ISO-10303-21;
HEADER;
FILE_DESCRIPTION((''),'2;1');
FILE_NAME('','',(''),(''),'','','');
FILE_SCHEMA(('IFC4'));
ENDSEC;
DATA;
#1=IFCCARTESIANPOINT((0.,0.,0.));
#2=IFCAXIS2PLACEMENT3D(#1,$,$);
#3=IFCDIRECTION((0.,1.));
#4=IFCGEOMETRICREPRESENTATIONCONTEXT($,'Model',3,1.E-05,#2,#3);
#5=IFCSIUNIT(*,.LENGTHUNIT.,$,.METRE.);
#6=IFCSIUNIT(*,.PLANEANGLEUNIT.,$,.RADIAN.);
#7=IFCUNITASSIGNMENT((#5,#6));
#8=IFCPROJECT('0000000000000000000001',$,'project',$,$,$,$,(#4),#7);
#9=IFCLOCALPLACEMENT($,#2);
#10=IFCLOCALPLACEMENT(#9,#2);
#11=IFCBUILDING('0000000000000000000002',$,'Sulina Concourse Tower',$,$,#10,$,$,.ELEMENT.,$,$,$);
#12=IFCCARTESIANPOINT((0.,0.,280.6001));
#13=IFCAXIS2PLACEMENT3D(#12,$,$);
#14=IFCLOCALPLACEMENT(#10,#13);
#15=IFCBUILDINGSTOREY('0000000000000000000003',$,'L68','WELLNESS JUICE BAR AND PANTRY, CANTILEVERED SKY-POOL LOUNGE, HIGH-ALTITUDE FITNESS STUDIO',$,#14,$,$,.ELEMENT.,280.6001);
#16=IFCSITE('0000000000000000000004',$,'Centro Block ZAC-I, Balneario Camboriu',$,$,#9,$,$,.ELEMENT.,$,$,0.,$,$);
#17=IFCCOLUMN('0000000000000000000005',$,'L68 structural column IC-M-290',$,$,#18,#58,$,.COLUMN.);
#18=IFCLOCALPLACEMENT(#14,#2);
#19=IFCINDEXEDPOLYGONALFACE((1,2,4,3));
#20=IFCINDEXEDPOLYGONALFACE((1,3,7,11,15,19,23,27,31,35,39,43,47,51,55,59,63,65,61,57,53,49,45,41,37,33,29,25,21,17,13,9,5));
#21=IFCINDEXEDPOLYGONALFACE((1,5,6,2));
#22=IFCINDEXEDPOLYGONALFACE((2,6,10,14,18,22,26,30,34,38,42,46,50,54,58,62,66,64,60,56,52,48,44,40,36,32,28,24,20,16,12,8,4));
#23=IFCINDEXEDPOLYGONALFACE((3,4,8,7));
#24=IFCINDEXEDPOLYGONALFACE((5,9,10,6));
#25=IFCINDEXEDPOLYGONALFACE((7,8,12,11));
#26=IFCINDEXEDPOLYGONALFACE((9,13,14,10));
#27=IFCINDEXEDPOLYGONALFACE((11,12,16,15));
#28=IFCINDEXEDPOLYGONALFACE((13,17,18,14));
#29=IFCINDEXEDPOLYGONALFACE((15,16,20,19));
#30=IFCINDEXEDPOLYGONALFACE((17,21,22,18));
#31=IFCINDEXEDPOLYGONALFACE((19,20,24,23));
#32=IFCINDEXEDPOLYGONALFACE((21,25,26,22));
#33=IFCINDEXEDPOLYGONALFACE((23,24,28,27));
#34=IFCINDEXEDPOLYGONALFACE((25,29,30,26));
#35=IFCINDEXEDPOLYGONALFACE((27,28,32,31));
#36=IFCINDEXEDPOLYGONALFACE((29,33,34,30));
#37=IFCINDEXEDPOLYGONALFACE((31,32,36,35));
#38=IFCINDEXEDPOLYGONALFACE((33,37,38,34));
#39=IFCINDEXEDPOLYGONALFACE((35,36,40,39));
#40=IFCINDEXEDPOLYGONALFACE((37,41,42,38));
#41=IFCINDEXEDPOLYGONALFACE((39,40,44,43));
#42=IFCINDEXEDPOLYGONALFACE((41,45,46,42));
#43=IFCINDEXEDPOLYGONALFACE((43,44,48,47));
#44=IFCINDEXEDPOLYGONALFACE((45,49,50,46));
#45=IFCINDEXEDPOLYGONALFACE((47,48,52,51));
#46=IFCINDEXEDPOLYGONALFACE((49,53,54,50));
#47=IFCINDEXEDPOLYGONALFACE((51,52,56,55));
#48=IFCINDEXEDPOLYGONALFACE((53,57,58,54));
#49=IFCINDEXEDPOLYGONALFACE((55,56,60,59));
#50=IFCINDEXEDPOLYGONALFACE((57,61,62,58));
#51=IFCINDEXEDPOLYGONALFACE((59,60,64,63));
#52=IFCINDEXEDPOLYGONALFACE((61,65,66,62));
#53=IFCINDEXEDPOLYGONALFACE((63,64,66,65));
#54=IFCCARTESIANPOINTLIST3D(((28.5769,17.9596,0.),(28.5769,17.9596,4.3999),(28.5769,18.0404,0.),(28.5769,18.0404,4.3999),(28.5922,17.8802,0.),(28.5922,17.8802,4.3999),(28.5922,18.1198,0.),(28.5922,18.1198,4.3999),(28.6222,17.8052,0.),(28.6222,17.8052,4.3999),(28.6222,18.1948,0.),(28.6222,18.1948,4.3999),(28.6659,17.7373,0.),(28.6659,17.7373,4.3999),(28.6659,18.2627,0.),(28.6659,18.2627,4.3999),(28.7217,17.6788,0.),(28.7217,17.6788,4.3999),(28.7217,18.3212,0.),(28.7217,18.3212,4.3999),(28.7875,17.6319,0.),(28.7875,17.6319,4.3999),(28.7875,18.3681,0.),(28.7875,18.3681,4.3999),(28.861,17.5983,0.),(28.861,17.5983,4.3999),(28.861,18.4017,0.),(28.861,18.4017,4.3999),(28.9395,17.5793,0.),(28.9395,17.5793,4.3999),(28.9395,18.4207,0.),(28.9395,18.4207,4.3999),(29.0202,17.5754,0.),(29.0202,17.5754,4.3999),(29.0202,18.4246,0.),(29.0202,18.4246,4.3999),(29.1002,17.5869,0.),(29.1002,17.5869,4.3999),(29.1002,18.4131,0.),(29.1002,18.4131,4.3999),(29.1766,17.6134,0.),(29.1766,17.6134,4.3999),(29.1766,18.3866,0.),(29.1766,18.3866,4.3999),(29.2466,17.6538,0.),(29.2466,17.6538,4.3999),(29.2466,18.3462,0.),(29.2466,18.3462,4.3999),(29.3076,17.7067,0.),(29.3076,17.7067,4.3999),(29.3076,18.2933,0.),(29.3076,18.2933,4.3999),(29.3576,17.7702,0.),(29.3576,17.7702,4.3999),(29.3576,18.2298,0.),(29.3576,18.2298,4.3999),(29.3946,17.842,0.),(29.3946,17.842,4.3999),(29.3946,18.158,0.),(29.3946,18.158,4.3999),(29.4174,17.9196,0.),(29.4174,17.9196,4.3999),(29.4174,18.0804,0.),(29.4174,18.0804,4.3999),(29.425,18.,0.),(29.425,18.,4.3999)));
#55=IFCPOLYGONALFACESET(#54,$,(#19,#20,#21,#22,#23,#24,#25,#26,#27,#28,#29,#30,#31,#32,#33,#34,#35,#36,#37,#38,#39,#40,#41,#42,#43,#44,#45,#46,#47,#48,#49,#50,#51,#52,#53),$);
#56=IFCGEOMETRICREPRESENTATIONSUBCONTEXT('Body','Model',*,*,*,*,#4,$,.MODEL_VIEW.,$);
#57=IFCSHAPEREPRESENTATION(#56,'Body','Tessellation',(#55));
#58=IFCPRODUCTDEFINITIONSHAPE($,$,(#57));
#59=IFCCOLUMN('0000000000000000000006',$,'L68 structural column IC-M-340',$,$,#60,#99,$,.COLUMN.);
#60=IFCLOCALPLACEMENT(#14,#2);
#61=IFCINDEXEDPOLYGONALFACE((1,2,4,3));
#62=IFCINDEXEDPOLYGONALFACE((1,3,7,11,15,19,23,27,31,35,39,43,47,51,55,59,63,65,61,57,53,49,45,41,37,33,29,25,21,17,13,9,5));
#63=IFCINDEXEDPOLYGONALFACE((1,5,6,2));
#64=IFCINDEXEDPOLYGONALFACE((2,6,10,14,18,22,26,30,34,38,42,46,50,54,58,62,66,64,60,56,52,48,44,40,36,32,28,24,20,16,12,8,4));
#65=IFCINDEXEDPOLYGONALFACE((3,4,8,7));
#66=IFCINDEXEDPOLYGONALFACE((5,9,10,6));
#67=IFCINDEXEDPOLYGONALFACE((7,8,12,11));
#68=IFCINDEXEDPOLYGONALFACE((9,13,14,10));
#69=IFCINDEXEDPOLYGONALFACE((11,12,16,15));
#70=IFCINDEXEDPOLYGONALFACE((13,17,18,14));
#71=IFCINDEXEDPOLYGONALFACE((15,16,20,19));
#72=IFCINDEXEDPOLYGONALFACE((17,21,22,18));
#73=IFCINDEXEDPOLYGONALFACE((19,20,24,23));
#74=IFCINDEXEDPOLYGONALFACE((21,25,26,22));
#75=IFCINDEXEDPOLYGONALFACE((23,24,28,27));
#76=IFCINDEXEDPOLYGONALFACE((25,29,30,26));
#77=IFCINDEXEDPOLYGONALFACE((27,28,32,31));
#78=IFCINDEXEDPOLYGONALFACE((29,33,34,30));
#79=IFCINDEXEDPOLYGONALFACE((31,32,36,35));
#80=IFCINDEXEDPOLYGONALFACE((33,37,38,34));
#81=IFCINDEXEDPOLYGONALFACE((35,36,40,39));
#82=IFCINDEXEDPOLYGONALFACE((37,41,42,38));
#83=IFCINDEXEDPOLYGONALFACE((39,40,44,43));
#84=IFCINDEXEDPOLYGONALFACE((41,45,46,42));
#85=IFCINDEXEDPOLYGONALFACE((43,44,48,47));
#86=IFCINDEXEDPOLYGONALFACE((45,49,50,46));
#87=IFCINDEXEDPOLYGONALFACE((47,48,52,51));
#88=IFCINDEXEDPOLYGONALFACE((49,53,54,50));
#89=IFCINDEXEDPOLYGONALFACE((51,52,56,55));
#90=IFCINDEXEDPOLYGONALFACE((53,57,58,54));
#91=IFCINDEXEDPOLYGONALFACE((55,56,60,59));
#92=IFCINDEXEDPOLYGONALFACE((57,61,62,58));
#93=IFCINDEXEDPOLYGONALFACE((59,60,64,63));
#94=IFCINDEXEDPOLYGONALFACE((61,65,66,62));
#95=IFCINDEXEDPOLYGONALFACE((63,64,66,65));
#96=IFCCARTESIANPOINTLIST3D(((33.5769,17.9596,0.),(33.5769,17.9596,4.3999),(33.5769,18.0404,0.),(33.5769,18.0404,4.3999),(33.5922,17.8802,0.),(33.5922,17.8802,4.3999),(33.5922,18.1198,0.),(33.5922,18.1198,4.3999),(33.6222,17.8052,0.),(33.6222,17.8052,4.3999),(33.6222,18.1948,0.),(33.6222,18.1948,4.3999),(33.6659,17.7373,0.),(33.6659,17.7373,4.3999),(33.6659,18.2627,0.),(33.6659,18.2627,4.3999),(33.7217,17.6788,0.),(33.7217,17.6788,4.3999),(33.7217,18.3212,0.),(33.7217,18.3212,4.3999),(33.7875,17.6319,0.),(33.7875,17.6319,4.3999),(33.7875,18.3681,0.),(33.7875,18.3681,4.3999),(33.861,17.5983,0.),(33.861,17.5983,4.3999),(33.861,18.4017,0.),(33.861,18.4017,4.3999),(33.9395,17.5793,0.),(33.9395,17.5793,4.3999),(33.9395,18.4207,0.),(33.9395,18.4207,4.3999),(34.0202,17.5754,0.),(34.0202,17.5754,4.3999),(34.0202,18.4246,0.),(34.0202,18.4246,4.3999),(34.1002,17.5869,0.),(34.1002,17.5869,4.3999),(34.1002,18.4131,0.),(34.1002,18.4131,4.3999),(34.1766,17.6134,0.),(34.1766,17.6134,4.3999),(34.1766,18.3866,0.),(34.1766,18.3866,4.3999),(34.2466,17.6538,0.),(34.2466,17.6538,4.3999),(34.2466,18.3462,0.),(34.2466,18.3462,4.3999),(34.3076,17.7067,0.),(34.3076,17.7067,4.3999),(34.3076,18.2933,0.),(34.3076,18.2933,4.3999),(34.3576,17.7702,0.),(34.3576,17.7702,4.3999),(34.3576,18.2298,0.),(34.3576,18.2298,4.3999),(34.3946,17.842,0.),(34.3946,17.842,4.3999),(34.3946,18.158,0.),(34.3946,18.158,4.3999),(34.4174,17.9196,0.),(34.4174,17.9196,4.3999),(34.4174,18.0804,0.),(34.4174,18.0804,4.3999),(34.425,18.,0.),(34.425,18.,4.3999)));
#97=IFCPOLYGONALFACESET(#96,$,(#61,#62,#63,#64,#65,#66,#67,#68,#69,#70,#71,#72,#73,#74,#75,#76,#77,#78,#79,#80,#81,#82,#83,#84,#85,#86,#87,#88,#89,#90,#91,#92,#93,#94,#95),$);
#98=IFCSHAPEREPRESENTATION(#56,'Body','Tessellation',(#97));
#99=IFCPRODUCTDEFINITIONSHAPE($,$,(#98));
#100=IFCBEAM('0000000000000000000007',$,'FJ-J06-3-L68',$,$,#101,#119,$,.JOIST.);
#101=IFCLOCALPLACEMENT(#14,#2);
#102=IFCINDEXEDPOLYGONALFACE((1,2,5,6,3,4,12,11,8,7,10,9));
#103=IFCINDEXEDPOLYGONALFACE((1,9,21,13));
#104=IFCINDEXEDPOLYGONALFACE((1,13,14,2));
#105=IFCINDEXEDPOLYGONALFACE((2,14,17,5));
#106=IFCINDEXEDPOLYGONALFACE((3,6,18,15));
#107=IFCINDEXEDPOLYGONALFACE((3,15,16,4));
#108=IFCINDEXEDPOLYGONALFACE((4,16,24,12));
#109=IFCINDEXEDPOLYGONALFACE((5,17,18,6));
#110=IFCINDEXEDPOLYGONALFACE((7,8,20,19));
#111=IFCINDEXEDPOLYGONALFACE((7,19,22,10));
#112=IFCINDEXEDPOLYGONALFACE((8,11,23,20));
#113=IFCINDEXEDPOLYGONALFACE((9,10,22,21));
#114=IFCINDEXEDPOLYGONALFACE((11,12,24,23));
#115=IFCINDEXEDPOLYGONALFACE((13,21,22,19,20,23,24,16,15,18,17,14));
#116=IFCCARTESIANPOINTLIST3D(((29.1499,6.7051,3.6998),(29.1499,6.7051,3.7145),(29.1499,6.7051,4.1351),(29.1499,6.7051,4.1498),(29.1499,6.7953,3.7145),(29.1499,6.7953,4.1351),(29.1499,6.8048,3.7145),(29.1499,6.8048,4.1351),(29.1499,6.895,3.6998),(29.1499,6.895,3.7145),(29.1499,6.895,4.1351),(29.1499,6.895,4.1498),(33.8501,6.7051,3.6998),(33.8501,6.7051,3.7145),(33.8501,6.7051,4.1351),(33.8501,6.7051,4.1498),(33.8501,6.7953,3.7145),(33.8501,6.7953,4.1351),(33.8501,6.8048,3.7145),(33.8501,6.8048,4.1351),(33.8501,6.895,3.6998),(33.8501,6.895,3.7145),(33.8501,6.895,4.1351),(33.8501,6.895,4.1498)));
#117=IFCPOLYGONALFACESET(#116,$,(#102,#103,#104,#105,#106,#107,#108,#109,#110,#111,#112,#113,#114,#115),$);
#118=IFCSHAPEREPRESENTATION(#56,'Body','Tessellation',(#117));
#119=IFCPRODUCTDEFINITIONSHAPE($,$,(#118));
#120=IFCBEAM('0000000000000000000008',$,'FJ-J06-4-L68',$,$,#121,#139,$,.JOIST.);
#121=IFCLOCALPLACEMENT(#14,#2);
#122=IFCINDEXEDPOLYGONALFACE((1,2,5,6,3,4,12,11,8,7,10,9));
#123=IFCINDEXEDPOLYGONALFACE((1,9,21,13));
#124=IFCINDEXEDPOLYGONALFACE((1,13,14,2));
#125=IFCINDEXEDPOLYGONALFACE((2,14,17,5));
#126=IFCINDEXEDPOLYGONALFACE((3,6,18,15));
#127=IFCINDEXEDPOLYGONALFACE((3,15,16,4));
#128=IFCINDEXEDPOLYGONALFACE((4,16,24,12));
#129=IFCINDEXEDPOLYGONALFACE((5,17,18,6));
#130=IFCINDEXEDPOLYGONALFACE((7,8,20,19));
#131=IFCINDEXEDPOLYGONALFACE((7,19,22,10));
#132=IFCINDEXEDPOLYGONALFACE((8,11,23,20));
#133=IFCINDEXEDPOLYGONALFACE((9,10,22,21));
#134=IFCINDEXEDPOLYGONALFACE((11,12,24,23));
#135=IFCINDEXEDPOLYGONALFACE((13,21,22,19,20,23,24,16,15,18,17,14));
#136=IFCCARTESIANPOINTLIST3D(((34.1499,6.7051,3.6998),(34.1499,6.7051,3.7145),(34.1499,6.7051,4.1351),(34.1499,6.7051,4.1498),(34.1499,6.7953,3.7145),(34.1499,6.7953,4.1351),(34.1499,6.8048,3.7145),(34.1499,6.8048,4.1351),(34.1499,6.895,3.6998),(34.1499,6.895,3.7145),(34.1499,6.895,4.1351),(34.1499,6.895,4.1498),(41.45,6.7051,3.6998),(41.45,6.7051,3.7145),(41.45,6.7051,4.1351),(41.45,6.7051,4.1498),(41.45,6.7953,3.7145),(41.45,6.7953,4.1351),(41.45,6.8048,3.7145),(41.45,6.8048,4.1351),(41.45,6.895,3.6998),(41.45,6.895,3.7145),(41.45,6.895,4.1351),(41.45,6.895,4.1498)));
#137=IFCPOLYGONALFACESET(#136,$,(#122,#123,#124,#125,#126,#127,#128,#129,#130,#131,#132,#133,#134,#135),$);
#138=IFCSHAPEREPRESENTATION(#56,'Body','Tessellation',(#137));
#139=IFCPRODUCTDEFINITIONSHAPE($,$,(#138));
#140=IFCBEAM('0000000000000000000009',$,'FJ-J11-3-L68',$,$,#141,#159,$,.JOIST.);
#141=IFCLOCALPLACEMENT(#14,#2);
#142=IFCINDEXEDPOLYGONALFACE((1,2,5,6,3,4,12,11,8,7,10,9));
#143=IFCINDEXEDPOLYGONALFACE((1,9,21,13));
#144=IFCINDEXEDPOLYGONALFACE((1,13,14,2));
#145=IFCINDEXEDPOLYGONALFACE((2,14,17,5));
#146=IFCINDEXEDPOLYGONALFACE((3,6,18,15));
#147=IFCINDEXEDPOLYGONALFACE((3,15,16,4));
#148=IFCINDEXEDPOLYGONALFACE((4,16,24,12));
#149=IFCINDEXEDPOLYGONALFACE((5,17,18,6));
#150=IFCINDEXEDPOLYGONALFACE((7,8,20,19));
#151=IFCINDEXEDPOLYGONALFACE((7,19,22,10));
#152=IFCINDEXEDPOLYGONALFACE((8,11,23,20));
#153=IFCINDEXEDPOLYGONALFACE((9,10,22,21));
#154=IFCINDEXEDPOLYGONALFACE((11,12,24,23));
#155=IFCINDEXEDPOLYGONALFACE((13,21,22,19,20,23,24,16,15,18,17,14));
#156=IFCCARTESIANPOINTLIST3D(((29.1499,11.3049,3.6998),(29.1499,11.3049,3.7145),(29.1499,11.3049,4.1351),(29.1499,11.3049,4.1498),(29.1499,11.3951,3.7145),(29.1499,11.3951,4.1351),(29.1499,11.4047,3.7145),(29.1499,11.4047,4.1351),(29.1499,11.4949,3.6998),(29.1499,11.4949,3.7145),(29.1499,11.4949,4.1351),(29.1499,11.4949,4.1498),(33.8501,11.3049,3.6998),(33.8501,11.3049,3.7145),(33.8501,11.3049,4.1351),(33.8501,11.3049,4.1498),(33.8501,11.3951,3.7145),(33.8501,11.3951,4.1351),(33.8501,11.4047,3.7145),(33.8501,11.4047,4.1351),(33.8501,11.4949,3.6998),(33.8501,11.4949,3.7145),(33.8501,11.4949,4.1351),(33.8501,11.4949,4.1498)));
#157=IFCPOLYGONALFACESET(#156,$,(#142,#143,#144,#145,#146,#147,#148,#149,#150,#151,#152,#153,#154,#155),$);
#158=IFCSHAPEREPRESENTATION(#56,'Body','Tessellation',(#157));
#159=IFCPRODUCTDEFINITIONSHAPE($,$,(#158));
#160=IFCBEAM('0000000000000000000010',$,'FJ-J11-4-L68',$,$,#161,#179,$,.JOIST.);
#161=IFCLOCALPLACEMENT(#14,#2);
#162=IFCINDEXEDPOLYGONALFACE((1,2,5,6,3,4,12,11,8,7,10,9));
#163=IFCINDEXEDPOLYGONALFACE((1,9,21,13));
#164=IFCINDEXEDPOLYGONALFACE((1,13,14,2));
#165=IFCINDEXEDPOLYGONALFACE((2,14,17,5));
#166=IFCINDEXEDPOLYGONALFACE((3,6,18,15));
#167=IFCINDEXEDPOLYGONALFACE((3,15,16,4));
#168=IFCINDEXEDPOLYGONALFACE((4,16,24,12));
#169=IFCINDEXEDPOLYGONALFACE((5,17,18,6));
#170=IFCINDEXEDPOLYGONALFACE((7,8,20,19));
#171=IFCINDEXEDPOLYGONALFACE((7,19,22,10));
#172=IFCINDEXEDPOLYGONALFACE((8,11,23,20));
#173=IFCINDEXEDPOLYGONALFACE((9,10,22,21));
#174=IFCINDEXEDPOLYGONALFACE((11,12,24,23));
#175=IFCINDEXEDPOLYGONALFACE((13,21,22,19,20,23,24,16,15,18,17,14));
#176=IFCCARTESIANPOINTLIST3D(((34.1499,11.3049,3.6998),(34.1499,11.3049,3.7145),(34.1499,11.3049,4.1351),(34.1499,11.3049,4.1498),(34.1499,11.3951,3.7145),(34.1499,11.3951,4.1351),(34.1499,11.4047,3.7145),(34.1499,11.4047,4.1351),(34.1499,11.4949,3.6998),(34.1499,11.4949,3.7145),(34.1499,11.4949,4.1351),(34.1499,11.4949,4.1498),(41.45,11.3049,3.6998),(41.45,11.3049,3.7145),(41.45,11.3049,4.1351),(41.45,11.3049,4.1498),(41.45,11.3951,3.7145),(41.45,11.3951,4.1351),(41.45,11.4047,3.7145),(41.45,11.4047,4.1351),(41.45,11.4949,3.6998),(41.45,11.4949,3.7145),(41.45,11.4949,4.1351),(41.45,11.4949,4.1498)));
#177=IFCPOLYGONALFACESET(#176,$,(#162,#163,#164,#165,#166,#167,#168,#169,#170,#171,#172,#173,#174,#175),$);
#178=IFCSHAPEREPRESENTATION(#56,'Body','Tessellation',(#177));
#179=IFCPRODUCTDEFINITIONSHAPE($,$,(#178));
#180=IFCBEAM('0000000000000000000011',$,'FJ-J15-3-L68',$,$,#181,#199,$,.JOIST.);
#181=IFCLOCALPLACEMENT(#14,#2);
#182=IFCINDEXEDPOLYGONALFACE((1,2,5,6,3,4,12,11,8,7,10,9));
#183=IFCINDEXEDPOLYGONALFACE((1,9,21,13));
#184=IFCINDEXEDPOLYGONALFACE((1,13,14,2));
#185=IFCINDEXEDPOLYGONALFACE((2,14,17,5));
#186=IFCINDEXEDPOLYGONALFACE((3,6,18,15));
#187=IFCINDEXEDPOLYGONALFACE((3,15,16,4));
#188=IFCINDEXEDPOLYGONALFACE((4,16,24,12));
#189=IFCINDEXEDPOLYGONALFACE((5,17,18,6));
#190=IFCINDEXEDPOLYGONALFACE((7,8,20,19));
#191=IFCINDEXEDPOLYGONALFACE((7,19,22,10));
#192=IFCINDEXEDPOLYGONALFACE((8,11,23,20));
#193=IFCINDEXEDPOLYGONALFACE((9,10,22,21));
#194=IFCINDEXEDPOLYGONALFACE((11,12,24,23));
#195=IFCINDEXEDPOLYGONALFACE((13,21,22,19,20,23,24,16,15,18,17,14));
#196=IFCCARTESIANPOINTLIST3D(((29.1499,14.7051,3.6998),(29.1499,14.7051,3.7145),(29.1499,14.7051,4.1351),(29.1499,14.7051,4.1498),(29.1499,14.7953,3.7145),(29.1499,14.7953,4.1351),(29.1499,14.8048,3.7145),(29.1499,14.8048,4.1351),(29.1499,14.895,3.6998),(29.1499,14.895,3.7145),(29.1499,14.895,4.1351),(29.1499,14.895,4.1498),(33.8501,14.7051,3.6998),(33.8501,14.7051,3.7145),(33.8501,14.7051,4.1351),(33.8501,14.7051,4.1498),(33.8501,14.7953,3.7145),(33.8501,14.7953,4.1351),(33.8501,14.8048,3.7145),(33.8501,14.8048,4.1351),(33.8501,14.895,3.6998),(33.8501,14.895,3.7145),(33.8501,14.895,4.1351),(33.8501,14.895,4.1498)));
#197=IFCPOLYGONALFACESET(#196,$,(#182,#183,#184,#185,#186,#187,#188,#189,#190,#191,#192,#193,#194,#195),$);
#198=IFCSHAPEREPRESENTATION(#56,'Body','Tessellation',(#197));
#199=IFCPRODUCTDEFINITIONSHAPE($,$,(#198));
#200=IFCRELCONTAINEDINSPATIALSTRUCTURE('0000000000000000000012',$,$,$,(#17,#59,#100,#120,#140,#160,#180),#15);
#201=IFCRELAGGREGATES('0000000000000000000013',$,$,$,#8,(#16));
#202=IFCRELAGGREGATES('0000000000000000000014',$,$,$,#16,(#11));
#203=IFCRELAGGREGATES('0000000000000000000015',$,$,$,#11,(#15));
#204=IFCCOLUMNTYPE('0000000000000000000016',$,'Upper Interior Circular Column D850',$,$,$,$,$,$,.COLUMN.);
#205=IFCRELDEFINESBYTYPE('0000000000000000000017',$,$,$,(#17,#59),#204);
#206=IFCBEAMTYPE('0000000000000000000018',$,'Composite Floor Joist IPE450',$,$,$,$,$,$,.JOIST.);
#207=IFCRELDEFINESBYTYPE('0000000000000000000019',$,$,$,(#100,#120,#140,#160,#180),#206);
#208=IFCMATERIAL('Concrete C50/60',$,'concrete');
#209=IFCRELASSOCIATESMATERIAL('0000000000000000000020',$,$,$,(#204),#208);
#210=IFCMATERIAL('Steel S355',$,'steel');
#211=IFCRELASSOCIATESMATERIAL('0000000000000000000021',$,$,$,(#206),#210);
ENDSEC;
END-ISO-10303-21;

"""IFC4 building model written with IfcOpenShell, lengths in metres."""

from ifc_helpers import new_model, si_unit, direction, frame, origin, origin_2d, place, context, subcontext, project, spatial, circle, i_section, extrude, material, material_profile, profile_set, type_object, element, save


model = new_model("IFC4")

# Units and contexts
model_context = context("Model", 3, precision=1e-05, world=origin(), true_north=direction((0.0, 1.0)))
body_context = subcontext(model_context, "Body", "Model", "MODEL_VIEW")
ifc_project = project(units=[si_unit("LENGTHUNIT", "METRE"), si_unit("PLANEANGLEUNIT", "RADIAN")], contexts=[model_context])

# Site, building, storey
site_placement = place(None, origin())
site = spatial("IfcSite", under=ifc_project, at=site_placement, Name="Centro Block ZAC-I, Balneario Camboriu", CompositionType="ELEMENT", RefElevation=0.0)
building_placement = place(site_placement, origin())
building = spatial("IfcBuilding", under=site, at=building_placement, Name="Sulina Concourse Tower", CompositionType="ELEMENT")
storey_placement = place(building_placement, frame((0.0, 0.0, 280.6001)))
storey = spatial("IfcBuildingStorey", under=building, at=storey_placement, Name="L68", Description="WELLNESS JUICE BAR AND PANTRY, CANTILEVERED SKY-POOL LOUNGE, HIGH-ALTITUDE FITNESS STUDIO", CompositionType="ELEMENT", Elevation=280.6001)

# Columns
ifc_material_1 = material(Name="Concrete C50/60", Category="concrete")
ifc_material_profile_1 = material_profile(ifc_material_1, circle(Radius=0.425, at=origin_2d()), Name="RC D850")
ifc_profile_set_1 = profile_set([ifc_material_profile_1], Name="Concrete C50/60")
column_type = type_object("IfcColumnType", Name="Upper Interior Circular Column D850", PredefinedType="COLUMN", material=ifc_profile_set_1)
for number, where, z_axis, x_axis, name in (
    (1, (29.0, 18.0, 0.0), (0.0, 0.0, 1.0), (1.0, 0.0, 0.0), "L68 structural column IC-M-290"),
    (2, (34.0, 18.0, 0.0), (0.0, 0.0, 1.0), (1.0, 0.0, 0.0), "L68 structural column IC-M-340"),
):
    element("IfcColumn", number, at=place(storey_placement, frame(where, z_axis=z_axis, x_axis=x_axis)), inside=storey, type_object=column_type, Name=name, PredefinedType="COLUMN", context=body_context, shape_type="SweptSolid", body=[
        extrude(circle(Radius=0.425, at=origin_2d()), origin(), (0.0, 0.0, 1.0), 4.3999),
    ])

# Beams
ifc_material_2 = material(Name="Steel S355", Category="steel")
ifc_material_profile_2 = material_profile(ifc_material_2, i_section(OverallWidth=0.1899, OverallDepth=0.45, WebThickness=0.0095, FlangeThickness=0.0146, at=origin_2d()), Name="IPE 450")
ifc_profile_set_2 = profile_set([ifc_material_profile_2], Name="Steel S355")
beam_type_1 = type_object("IfcBeamType", Name="Composite Floor Joist IPE450", PredefinedType="JOIST", material=ifc_profile_set_2)
beam_1_placement = place(storey_placement, frame((29.1499, 6.8, 3.9248), z_axis=(1.0, 0.0, 0.0), x_axis=(0.0, 1.0, 0.0)))
element("IfcBeam", 3, at=beam_1_placement, inside=storey, type_object=beam_type_1, Name="FJ-J06-3-L68", PredefinedType="JOIST", context=body_context, shape_type="SweptSolid", body=[
    extrude(i_section(OverallWidth=0.1899, OverallDepth=0.45, WebThickness=0.0095, FlangeThickness=0.0146, at=origin_2d()), origin(), (0.0, 0.0, 1.0), 4.7002),
])
beam_2_placement = place(storey_placement, frame((34.1499, 6.8, 3.9248), z_axis=(1.0, 0.0, 0.0), x_axis=(0.0, 1.0, 0.0)))
element("IfcBeam", 4, at=beam_2_placement, inside=storey, type_object=beam_type_1, Name="FJ-J06-4-L68", PredefinedType="JOIST", context=body_context, shape_type="SweptSolid", body=[
    extrude(i_section(OverallWidth=0.1899, OverallDepth=0.45, WebThickness=0.0095, FlangeThickness=0.0146, at=origin_2d()), origin(), (0.0, 0.0, 1.0), 7.3),
])
beam_3_placement = place(storey_placement, frame((29.1499, 11.3999, 3.9248), z_axis=(1.0, 0.0, 0.0), x_axis=(0.0, 1.0, 0.0)))
element("IfcBeam", 5, at=beam_3_placement, inside=storey, type_object=beam_type_1, Name="FJ-J11-3-L68", PredefinedType="JOIST", context=body_context, shape_type="SweptSolid", body=[
    extrude(i_section(OverallWidth=0.1899, OverallDepth=0.45, WebThickness=0.0095, FlangeThickness=0.0146, at=origin_2d()), origin(), (0.0, 0.0, 1.0), 4.7002),
])
beam_4_placement = place(storey_placement, frame((34.1499, 11.3999, 3.9248), z_axis=(1.0, 0.0, 0.0), x_axis=(0.0, 1.0, 0.0)))
element("IfcBeam", 6, at=beam_4_placement, inside=storey, type_object=beam_type_1, Name="FJ-J11-4-L68", PredefinedType="JOIST", context=body_context, shape_type="SweptSolid", body=[
    extrude(i_section(OverallWidth=0.1899, OverallDepth=0.45, WebThickness=0.0095, FlangeThickness=0.0146, at=origin_2d()), origin(), (0.0, 0.0, 1.0), 7.3),
])
beam_5_placement = place(storey_placement, frame((29.1499, 14.8, 3.9248), z_axis=(1.0, 0.0, 0.0), x_axis=(0.0, 1.0, 0.0)))
element("IfcBeam", 7, at=beam_5_placement, inside=storey, type_object=beam_type_1, Name="FJ-J15-3-L68", PredefinedType="JOIST", context=body_context, shape_type="SweptSolid", body=[
    extrude(i_section(OverallWidth=0.1899, OverallDepth=0.45, WebThickness=0.0095, FlangeThickness=0.0146, at=origin_2d()), origin(), (0.0, 0.0, 1.0), 4.7002),
])

save(model, "model.ifc")
